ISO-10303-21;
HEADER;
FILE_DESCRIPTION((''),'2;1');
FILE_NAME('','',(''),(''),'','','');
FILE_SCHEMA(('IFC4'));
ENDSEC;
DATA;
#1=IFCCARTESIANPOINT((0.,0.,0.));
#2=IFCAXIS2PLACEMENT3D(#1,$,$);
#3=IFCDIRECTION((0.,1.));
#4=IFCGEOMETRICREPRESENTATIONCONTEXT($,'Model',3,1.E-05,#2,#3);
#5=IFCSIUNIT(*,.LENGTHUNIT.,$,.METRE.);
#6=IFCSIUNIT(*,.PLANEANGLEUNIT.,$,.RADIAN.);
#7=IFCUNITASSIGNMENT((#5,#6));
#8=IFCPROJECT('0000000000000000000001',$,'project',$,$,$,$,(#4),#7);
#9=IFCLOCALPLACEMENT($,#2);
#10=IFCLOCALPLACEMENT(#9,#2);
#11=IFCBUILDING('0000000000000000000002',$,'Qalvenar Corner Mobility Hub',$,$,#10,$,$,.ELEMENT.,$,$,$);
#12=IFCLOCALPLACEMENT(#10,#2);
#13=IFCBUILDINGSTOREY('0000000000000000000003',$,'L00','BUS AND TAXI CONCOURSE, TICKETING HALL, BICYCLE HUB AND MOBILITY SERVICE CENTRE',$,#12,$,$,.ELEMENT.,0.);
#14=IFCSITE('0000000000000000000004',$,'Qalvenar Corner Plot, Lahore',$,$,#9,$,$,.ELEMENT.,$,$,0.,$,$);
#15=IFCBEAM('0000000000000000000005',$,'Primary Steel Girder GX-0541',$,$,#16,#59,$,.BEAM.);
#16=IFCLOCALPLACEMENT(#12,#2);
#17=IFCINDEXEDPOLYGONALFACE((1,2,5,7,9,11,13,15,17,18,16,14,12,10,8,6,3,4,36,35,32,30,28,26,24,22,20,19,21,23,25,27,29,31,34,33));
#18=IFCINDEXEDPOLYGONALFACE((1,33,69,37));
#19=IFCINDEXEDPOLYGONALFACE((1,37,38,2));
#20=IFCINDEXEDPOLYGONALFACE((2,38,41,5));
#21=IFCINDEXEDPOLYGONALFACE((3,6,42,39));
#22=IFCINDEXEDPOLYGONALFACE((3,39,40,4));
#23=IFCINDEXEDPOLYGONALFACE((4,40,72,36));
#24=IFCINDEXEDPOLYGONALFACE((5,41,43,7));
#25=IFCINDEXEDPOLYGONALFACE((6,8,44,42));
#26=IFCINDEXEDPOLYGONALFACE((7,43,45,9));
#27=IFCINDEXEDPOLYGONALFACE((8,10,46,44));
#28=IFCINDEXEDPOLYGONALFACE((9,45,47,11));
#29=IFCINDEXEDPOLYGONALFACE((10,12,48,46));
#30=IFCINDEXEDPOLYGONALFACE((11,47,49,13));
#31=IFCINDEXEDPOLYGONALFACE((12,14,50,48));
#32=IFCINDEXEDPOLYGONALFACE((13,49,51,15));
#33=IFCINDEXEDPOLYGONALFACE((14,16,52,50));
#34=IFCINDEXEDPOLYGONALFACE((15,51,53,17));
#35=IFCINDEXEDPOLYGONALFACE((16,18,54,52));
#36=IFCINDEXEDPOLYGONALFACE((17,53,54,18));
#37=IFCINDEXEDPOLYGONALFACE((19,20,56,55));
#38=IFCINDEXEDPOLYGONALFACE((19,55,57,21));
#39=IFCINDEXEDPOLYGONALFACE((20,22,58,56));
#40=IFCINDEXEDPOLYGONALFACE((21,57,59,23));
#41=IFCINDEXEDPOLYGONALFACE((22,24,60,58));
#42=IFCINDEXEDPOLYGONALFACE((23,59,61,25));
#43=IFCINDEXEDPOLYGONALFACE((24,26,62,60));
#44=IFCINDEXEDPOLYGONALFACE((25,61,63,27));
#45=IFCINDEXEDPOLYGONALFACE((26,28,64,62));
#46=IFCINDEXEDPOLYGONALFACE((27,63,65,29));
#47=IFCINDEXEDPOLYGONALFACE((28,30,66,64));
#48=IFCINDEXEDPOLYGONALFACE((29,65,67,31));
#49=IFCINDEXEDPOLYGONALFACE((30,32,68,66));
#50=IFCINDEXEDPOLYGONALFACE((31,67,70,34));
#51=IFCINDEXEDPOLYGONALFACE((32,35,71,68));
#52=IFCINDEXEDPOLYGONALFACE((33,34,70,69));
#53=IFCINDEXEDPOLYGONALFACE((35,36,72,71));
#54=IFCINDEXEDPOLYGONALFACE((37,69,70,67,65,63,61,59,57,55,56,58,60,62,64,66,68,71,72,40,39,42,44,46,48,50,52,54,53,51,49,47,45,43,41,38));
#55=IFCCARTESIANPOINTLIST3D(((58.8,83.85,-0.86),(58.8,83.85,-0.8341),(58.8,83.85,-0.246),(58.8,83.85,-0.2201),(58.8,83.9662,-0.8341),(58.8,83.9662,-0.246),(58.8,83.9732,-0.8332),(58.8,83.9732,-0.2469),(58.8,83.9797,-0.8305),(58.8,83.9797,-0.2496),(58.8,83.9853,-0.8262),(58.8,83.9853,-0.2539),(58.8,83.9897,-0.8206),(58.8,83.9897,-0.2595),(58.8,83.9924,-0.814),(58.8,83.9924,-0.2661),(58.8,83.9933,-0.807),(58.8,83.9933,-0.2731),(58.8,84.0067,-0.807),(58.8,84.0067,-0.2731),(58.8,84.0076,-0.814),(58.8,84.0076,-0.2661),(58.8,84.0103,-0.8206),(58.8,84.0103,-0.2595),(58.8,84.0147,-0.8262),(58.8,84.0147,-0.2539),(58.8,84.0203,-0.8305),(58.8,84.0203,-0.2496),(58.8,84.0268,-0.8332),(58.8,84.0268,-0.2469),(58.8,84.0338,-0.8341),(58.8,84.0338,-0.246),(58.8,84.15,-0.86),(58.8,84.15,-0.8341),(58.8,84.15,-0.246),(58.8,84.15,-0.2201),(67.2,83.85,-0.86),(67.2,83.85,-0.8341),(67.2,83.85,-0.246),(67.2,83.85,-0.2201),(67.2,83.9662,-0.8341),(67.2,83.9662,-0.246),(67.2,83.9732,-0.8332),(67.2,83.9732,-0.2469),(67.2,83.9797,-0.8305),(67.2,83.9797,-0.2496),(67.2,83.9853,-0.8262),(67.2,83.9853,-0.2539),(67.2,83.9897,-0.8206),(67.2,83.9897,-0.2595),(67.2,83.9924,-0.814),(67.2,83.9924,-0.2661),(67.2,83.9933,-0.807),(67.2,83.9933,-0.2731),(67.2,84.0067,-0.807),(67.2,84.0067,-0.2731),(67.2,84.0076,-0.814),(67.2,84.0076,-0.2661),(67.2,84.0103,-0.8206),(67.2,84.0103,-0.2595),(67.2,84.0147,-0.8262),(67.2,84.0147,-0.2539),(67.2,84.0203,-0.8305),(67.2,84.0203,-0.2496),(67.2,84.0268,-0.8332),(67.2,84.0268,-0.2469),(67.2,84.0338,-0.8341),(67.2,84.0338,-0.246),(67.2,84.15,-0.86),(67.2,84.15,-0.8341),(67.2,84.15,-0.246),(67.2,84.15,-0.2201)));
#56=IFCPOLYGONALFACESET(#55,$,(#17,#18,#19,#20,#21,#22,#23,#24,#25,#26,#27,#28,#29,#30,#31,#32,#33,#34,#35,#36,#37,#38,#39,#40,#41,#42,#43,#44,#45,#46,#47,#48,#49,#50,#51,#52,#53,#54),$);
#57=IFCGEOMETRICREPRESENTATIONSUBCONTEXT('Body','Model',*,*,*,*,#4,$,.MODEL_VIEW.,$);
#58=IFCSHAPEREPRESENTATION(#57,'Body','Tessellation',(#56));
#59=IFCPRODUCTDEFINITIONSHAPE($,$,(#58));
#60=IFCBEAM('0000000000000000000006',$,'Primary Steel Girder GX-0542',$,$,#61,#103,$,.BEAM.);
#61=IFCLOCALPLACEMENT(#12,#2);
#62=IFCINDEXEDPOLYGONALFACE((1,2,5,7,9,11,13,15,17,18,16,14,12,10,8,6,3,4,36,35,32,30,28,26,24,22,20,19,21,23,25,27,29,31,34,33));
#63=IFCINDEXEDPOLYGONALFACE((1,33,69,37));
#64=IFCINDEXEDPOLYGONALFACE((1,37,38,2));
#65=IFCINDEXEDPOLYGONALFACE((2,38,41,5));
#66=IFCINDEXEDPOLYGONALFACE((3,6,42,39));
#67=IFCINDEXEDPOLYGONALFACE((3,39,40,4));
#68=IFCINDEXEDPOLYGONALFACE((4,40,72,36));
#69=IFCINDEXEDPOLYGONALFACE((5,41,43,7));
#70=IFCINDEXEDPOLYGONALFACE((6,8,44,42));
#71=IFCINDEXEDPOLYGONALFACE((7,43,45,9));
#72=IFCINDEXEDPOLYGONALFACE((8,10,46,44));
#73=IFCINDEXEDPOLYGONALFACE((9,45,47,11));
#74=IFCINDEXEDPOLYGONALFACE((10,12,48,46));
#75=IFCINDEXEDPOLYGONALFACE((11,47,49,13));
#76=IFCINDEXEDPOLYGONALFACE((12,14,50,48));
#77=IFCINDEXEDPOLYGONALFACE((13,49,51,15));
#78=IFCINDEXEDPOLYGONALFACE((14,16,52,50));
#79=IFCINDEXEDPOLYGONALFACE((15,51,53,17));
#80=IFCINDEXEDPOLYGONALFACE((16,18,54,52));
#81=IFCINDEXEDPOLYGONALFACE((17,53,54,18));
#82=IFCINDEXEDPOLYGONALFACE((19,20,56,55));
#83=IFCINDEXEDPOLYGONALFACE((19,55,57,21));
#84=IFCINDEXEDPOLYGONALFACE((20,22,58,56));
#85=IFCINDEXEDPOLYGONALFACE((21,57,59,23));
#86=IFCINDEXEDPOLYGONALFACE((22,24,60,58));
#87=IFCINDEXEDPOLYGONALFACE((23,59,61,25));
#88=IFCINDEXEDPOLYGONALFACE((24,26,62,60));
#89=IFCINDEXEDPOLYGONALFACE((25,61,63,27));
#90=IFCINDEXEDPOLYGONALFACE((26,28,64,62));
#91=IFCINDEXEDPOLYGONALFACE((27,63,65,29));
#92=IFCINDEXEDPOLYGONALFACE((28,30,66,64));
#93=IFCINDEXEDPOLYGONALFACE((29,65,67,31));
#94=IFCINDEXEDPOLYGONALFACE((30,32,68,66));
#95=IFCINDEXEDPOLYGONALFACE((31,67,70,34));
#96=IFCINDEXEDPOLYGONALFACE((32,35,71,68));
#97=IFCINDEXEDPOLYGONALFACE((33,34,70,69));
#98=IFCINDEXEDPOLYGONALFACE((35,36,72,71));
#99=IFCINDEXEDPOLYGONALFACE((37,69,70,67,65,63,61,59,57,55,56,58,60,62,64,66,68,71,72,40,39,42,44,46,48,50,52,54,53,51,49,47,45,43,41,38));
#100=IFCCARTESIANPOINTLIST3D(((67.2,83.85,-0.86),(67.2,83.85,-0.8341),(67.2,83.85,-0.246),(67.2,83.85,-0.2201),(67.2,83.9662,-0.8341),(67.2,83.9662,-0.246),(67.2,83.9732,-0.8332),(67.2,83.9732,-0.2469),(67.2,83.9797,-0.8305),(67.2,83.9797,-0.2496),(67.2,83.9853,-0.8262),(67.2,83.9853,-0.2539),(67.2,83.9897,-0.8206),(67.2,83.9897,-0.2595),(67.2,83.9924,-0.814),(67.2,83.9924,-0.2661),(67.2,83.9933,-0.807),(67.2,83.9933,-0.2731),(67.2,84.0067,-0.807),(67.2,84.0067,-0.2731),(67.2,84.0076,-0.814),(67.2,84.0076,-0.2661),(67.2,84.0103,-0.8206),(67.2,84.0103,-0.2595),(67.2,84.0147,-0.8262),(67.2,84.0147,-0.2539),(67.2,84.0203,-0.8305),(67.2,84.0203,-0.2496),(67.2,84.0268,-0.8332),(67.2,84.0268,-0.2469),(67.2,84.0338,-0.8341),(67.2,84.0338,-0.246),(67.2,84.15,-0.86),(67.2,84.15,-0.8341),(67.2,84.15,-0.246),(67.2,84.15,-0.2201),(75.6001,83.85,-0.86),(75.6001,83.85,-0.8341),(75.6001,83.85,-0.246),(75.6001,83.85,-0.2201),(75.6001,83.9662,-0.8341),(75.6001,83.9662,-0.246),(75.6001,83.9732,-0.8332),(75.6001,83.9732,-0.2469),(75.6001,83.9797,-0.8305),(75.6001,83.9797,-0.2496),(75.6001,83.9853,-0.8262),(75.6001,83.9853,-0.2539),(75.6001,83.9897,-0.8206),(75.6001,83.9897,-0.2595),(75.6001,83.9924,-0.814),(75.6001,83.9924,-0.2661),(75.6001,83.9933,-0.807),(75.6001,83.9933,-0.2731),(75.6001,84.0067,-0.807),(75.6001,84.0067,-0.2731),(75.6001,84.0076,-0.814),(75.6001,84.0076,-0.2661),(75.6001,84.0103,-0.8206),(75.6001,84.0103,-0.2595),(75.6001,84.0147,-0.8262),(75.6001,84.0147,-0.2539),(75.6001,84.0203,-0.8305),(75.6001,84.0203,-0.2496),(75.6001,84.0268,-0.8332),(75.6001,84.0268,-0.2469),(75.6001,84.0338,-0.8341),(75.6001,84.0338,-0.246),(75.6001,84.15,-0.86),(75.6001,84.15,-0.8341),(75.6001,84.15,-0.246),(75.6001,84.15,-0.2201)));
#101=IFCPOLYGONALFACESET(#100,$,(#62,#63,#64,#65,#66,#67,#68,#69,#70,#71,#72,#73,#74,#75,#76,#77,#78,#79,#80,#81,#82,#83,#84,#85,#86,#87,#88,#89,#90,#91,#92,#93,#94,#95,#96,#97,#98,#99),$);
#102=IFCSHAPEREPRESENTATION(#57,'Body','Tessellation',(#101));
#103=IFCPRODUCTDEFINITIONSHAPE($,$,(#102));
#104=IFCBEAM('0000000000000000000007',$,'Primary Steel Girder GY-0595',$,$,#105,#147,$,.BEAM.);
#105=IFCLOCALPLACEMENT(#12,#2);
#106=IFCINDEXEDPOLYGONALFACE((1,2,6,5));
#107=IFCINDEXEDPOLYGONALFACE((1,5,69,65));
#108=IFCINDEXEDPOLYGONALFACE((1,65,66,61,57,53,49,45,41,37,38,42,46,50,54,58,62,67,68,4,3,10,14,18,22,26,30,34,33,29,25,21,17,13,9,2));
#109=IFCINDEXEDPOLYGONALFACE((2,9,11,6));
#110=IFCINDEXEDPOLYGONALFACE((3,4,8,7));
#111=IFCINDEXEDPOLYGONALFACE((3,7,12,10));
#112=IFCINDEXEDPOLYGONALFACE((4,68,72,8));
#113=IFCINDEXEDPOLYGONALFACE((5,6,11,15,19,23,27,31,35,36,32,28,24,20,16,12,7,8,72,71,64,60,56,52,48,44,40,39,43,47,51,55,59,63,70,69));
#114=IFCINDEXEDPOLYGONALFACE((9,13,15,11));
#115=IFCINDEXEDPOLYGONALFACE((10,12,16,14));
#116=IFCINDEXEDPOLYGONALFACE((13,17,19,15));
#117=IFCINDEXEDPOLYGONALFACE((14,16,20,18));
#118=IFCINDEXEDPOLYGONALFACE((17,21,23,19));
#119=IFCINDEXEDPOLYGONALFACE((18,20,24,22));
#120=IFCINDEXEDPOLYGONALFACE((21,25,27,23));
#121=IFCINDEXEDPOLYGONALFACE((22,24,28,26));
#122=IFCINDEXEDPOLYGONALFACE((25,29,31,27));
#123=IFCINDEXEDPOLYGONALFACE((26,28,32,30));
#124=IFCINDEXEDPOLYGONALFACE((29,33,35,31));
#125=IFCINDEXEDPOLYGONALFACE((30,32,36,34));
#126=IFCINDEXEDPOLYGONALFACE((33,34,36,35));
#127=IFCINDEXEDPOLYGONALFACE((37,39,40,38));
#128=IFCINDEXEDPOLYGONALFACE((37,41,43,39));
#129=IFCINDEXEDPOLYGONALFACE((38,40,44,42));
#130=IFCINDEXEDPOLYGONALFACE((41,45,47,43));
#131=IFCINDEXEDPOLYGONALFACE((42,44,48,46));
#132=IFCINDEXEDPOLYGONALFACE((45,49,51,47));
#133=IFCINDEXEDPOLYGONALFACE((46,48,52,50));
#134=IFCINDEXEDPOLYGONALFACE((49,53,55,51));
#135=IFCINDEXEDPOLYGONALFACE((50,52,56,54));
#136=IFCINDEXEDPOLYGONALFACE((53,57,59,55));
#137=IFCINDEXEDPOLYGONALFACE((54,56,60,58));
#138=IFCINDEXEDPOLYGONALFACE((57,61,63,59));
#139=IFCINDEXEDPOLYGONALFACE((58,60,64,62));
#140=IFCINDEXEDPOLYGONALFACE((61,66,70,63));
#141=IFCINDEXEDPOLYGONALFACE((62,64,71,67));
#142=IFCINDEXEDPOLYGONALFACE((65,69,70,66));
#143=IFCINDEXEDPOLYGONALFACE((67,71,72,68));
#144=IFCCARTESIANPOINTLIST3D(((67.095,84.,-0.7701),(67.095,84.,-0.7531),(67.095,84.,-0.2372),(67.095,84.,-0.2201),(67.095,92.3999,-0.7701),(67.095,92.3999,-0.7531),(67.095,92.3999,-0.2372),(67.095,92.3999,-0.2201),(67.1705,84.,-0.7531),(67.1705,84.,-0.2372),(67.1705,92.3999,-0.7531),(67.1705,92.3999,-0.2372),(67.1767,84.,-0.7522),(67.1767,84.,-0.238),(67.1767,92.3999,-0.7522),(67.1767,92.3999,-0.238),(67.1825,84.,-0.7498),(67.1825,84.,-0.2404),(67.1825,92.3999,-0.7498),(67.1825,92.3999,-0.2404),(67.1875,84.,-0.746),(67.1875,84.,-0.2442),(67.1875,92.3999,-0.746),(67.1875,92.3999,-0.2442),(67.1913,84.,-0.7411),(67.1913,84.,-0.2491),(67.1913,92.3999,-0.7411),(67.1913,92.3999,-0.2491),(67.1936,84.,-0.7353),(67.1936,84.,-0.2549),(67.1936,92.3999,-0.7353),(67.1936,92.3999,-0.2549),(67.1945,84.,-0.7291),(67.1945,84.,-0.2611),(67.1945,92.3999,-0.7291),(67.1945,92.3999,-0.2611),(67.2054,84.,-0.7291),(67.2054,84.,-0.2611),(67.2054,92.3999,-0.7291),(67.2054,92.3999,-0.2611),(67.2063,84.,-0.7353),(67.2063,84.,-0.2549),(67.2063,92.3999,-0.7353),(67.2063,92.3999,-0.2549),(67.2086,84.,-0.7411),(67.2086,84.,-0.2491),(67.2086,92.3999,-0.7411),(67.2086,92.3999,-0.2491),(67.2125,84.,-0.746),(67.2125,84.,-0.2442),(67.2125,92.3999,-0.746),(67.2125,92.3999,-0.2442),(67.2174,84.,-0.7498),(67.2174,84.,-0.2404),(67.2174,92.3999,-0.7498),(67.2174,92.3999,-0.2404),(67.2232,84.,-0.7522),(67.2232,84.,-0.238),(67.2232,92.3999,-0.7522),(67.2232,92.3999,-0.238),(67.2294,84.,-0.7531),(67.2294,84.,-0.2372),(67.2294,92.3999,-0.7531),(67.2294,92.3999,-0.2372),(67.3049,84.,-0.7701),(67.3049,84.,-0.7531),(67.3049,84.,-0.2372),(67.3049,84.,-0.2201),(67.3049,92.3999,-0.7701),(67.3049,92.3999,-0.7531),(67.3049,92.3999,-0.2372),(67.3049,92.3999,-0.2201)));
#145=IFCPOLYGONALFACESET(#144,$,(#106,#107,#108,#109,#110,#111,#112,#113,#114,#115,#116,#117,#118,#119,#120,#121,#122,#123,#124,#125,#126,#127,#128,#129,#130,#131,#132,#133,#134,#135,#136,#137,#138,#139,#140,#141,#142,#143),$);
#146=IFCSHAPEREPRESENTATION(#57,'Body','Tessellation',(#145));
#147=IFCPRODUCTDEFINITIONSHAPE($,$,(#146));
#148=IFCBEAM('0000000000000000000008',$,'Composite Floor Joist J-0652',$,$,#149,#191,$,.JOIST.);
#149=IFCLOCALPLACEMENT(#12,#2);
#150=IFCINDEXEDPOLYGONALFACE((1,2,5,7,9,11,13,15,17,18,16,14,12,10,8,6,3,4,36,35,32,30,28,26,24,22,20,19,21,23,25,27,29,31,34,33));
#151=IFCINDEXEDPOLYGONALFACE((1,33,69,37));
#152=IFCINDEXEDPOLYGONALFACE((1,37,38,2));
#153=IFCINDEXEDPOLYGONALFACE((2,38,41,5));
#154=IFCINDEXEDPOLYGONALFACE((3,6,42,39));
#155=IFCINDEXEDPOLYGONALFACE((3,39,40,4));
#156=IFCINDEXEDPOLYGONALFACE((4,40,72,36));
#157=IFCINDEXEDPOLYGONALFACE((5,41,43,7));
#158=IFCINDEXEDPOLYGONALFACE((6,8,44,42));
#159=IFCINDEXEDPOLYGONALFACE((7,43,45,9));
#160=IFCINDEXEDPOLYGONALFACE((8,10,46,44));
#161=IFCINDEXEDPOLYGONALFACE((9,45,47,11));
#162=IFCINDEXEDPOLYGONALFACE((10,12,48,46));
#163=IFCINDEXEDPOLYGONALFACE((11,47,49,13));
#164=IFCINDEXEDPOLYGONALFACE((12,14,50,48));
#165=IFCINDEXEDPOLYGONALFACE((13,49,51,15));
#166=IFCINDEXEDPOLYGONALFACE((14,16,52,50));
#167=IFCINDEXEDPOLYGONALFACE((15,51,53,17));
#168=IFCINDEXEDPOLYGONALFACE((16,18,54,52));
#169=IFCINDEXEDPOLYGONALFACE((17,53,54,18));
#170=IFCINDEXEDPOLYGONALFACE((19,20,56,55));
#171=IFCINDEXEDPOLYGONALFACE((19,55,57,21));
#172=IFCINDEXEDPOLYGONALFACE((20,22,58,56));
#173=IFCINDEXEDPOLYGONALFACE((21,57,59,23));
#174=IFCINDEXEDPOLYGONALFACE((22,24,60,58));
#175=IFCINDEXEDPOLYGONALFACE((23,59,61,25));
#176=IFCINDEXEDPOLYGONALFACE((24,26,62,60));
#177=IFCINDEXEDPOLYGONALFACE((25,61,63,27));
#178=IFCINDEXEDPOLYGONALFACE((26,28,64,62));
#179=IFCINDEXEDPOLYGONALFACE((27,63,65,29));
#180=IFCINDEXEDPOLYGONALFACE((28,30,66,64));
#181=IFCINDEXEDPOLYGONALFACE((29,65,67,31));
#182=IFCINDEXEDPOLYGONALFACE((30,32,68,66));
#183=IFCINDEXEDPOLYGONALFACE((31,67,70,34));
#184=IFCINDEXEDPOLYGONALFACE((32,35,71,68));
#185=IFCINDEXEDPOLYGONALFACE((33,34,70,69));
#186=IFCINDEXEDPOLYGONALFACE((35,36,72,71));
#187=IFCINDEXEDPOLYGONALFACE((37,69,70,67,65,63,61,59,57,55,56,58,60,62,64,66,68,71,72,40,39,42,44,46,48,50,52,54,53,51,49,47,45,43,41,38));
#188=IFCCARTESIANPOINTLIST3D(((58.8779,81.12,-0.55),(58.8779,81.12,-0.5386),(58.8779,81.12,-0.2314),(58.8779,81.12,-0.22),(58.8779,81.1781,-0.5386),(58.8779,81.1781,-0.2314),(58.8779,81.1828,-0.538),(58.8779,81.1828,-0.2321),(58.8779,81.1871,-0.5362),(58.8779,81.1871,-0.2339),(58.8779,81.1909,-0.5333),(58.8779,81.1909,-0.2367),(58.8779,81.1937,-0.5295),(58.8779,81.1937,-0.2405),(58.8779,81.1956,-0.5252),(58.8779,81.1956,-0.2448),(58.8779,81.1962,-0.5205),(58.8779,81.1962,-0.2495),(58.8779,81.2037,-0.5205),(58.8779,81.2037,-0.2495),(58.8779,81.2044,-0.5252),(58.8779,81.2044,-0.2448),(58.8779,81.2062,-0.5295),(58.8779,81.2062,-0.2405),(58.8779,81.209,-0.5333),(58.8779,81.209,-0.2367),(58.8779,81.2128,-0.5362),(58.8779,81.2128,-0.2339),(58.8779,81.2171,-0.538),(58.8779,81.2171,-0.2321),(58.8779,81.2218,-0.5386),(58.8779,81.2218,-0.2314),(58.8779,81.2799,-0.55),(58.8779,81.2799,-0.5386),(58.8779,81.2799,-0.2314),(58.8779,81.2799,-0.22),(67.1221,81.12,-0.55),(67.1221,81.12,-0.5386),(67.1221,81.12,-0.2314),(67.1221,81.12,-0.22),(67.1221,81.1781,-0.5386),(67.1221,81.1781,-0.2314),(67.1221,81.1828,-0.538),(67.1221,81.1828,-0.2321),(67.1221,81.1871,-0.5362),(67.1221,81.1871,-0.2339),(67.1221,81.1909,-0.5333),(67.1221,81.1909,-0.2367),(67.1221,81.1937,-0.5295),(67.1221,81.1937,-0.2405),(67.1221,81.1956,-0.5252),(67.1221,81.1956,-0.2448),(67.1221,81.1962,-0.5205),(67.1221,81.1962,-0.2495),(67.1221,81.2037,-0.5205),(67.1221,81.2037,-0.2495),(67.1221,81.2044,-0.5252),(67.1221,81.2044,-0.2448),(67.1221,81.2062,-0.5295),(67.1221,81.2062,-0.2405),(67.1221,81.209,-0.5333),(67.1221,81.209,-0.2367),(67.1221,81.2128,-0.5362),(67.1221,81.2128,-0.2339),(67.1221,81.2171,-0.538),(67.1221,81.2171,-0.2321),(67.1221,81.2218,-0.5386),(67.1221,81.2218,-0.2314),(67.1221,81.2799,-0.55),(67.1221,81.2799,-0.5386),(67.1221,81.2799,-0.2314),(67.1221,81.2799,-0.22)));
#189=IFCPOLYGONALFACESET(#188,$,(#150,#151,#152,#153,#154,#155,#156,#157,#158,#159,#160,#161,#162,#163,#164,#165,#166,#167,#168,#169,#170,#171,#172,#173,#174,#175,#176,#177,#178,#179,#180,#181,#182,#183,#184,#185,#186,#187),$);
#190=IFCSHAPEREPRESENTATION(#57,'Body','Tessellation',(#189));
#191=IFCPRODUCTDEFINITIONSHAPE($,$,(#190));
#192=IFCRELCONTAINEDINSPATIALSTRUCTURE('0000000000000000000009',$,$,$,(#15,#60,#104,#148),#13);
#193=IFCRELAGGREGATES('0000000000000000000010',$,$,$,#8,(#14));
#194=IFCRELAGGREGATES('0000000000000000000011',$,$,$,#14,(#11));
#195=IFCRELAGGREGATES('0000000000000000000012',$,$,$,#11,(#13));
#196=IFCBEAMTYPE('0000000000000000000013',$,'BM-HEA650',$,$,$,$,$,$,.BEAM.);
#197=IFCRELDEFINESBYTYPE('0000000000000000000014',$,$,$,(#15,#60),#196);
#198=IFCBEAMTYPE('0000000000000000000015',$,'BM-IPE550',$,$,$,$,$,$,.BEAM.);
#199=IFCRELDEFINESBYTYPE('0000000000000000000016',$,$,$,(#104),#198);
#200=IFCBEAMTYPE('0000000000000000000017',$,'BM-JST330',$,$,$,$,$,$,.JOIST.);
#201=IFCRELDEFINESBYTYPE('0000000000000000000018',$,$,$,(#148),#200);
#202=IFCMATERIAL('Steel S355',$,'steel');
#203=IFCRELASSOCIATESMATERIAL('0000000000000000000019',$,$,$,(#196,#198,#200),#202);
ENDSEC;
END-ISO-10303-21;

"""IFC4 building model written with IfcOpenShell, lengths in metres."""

from ifc_helpers import new_model, si_unit, direction, frame, origin, origin_2d, place, context, subcontext, project, spatial, i_section, extrude, material, material_profile, profile_set, type_object, element, save


model = new_model("IFC4")

# Units and contexts
model_context = context("Model", 3, precision=1e-05, world=origin(), true_north=direction((0.0, 1.0)))
body_context = subcontext(model_context, "Body", "Model", "MODEL_VIEW")
ifc_project = project(units=[si_unit("LENGTHUNIT", "METRE"), si_unit("PLANEANGLEUNIT", "RADIAN")], contexts=[model_context])

# Site, building, storey
site_placement = place(None, origin())
site = spatial("IfcSite", under=ifc_project, at=site_placement, Name="Qalvenar Corner Plot, Lahore", CompositionType="ELEMENT", RefElevation=0.0)
building_placement = place(site_placement, origin())
building = spatial("IfcBuilding", under=site, at=building_placement, Name="Qalvenar Corner Mobility Hub", CompositionType="ELEMENT")
storey_placement = place(building_placement, origin())
storey = spatial("IfcBuildingStorey", under=building, at=storey_placement, Name="L00", Description="BUS AND TAXI CONCOURSE, TICKETING HALL, BICYCLE HUB AND MOBILITY SERVICE CENTRE", CompositionType="ELEMENT", Elevation=0.0)

# Beams
ifc_material_1 = material(Name="Steel S355", Category="steel")
ifc_material_profile_1 = material_profile(ifc_material_1, i_section(OverallWidth=0.3, OverallDepth=0.6399, WebThickness=0.0134, FlangeThickness=0.0259, FilletRadius=0.0271, at=origin_2d()), Name="HEA650")
ifc_profile_set_1 = profile_set([ifc_material_profile_1], Name="Steel S355")
beam_type_1 = type_object("IfcBeamType", Name="BM-HEA650", PredefinedType="BEAM", material=ifc_profile_set_1)
beam_1_placement = place(storey_placement, frame((58.8, 84.0, -0.54), z_axis=(1.0, 0.0, 0.0), x_axis=(0.0, 1.0, 0.0)))
element("IfcBeam", 1, at=beam_1_placement, inside=storey, type_object=beam_type_1, Name="Primary Steel Girder GX-0541", PredefinedType="BEAM", context=body_context, shape_type="SweptSolid", body=[
    extrude(i_section(OverallWidth=0.3, OverallDepth=0.6399, WebThickness=0.0134, FlangeThickness=0.0259, FilletRadius=0.0271, at=origin_2d()), origin(), (0.0, 0.0, 1.0), 8.3999),
])
beam_2_placement = place(storey_placement, frame((67.2, 84.0, -0.54), z_axis=(1.0, 0.0, 0.0), x_axis=(0.0, 1.0, 0.0)))
element("IfcBeam", 2, at=beam_2_placement, inside=storey, type_object=beam_type_1, Name="Primary Steel Girder GX-0542", PredefinedType="BEAM", context=body_context, shape_type="SweptSolid", body=[
    extrude(i_section(OverallWidth=0.3, OverallDepth=0.6399, WebThickness=0.0134, FlangeThickness=0.0259, FilletRadius=0.0271, at=origin_2d()), origin(), (0.0, 0.0, 1.0), 8.4001),
])
ifc_material_profile_2 = material_profile(ifc_material_1, i_section(OverallWidth=0.21, OverallDepth=0.55, WebThickness=0.011, FlangeThickness=0.0171, FilletRadius=0.0239, at=origin_2d()), Name="IPE550")
ifc_profile_set_2 = profile_set([ifc_material_profile_2], Name="Steel S355")
beam_type_2 = type_object("IfcBeamType", Name="BM-IPE550", PredefinedType="BEAM", material=ifc_profile_set_2)
beam_3_placement = place(storey_placement, frame((67.2, 84.0, -0.4951), z_axis=(0.0, 1.0, 0.0), x_axis=(-1.0, 0.0, 0.0)))
element("IfcBeam", 3, at=beam_3_placement, inside=storey, type_object=beam_type_2, Name="Primary Steel Girder GY-0595", PredefinedType="BEAM", context=body_context, shape_type="SweptSolid", body=[
    extrude(i_section(OverallWidth=0.21, OverallDepth=0.55, WebThickness=0.011, FlangeThickness=0.0171, FilletRadius=0.0239, at=origin_2d()), origin(), (0.0, 0.0, 1.0), 8.3999),
])
ifc_material_profile_3 = material_profile(ifc_material_1, i_section(OverallWidth=0.1599, OverallDepth=0.3301, WebThickness=0.0076, FlangeThickness=0.0115, FilletRadius=0.0181, at=origin_2d()), Name="IPE330")
ifc_profile_set_3 = profile_set([ifc_material_profile_3], Name="Steel S355")
beam_type_3 = type_object("IfcBeamType", Name="BM-JST330", PredefinedType="JOIST", material=ifc_profile_set_3)
beam_4_placement = place(storey_placement, frame((58.8779, 81.2, -0.385), z_axis=(1.0, 0.0, 0.0), x_axis=(0.0, 1.0, 0.0)))
element("IfcBeam", 4, at=beam_4_placement, inside=storey, type_object=beam_type_3, Name="Composite Floor Joist J-0652", PredefinedType="JOIST", context=body_context, shape_type="SweptSolid", body=[
    extrude(i_section(OverallWidth=0.1599, OverallDepth=0.3301, WebThickness=0.0076, FlangeThickness=0.0115, FilletRadius=0.0181, at=origin_2d()), origin(), (0.0, 0.0, 1.0), 8.2441),
])

save(model, "model.ifc")
